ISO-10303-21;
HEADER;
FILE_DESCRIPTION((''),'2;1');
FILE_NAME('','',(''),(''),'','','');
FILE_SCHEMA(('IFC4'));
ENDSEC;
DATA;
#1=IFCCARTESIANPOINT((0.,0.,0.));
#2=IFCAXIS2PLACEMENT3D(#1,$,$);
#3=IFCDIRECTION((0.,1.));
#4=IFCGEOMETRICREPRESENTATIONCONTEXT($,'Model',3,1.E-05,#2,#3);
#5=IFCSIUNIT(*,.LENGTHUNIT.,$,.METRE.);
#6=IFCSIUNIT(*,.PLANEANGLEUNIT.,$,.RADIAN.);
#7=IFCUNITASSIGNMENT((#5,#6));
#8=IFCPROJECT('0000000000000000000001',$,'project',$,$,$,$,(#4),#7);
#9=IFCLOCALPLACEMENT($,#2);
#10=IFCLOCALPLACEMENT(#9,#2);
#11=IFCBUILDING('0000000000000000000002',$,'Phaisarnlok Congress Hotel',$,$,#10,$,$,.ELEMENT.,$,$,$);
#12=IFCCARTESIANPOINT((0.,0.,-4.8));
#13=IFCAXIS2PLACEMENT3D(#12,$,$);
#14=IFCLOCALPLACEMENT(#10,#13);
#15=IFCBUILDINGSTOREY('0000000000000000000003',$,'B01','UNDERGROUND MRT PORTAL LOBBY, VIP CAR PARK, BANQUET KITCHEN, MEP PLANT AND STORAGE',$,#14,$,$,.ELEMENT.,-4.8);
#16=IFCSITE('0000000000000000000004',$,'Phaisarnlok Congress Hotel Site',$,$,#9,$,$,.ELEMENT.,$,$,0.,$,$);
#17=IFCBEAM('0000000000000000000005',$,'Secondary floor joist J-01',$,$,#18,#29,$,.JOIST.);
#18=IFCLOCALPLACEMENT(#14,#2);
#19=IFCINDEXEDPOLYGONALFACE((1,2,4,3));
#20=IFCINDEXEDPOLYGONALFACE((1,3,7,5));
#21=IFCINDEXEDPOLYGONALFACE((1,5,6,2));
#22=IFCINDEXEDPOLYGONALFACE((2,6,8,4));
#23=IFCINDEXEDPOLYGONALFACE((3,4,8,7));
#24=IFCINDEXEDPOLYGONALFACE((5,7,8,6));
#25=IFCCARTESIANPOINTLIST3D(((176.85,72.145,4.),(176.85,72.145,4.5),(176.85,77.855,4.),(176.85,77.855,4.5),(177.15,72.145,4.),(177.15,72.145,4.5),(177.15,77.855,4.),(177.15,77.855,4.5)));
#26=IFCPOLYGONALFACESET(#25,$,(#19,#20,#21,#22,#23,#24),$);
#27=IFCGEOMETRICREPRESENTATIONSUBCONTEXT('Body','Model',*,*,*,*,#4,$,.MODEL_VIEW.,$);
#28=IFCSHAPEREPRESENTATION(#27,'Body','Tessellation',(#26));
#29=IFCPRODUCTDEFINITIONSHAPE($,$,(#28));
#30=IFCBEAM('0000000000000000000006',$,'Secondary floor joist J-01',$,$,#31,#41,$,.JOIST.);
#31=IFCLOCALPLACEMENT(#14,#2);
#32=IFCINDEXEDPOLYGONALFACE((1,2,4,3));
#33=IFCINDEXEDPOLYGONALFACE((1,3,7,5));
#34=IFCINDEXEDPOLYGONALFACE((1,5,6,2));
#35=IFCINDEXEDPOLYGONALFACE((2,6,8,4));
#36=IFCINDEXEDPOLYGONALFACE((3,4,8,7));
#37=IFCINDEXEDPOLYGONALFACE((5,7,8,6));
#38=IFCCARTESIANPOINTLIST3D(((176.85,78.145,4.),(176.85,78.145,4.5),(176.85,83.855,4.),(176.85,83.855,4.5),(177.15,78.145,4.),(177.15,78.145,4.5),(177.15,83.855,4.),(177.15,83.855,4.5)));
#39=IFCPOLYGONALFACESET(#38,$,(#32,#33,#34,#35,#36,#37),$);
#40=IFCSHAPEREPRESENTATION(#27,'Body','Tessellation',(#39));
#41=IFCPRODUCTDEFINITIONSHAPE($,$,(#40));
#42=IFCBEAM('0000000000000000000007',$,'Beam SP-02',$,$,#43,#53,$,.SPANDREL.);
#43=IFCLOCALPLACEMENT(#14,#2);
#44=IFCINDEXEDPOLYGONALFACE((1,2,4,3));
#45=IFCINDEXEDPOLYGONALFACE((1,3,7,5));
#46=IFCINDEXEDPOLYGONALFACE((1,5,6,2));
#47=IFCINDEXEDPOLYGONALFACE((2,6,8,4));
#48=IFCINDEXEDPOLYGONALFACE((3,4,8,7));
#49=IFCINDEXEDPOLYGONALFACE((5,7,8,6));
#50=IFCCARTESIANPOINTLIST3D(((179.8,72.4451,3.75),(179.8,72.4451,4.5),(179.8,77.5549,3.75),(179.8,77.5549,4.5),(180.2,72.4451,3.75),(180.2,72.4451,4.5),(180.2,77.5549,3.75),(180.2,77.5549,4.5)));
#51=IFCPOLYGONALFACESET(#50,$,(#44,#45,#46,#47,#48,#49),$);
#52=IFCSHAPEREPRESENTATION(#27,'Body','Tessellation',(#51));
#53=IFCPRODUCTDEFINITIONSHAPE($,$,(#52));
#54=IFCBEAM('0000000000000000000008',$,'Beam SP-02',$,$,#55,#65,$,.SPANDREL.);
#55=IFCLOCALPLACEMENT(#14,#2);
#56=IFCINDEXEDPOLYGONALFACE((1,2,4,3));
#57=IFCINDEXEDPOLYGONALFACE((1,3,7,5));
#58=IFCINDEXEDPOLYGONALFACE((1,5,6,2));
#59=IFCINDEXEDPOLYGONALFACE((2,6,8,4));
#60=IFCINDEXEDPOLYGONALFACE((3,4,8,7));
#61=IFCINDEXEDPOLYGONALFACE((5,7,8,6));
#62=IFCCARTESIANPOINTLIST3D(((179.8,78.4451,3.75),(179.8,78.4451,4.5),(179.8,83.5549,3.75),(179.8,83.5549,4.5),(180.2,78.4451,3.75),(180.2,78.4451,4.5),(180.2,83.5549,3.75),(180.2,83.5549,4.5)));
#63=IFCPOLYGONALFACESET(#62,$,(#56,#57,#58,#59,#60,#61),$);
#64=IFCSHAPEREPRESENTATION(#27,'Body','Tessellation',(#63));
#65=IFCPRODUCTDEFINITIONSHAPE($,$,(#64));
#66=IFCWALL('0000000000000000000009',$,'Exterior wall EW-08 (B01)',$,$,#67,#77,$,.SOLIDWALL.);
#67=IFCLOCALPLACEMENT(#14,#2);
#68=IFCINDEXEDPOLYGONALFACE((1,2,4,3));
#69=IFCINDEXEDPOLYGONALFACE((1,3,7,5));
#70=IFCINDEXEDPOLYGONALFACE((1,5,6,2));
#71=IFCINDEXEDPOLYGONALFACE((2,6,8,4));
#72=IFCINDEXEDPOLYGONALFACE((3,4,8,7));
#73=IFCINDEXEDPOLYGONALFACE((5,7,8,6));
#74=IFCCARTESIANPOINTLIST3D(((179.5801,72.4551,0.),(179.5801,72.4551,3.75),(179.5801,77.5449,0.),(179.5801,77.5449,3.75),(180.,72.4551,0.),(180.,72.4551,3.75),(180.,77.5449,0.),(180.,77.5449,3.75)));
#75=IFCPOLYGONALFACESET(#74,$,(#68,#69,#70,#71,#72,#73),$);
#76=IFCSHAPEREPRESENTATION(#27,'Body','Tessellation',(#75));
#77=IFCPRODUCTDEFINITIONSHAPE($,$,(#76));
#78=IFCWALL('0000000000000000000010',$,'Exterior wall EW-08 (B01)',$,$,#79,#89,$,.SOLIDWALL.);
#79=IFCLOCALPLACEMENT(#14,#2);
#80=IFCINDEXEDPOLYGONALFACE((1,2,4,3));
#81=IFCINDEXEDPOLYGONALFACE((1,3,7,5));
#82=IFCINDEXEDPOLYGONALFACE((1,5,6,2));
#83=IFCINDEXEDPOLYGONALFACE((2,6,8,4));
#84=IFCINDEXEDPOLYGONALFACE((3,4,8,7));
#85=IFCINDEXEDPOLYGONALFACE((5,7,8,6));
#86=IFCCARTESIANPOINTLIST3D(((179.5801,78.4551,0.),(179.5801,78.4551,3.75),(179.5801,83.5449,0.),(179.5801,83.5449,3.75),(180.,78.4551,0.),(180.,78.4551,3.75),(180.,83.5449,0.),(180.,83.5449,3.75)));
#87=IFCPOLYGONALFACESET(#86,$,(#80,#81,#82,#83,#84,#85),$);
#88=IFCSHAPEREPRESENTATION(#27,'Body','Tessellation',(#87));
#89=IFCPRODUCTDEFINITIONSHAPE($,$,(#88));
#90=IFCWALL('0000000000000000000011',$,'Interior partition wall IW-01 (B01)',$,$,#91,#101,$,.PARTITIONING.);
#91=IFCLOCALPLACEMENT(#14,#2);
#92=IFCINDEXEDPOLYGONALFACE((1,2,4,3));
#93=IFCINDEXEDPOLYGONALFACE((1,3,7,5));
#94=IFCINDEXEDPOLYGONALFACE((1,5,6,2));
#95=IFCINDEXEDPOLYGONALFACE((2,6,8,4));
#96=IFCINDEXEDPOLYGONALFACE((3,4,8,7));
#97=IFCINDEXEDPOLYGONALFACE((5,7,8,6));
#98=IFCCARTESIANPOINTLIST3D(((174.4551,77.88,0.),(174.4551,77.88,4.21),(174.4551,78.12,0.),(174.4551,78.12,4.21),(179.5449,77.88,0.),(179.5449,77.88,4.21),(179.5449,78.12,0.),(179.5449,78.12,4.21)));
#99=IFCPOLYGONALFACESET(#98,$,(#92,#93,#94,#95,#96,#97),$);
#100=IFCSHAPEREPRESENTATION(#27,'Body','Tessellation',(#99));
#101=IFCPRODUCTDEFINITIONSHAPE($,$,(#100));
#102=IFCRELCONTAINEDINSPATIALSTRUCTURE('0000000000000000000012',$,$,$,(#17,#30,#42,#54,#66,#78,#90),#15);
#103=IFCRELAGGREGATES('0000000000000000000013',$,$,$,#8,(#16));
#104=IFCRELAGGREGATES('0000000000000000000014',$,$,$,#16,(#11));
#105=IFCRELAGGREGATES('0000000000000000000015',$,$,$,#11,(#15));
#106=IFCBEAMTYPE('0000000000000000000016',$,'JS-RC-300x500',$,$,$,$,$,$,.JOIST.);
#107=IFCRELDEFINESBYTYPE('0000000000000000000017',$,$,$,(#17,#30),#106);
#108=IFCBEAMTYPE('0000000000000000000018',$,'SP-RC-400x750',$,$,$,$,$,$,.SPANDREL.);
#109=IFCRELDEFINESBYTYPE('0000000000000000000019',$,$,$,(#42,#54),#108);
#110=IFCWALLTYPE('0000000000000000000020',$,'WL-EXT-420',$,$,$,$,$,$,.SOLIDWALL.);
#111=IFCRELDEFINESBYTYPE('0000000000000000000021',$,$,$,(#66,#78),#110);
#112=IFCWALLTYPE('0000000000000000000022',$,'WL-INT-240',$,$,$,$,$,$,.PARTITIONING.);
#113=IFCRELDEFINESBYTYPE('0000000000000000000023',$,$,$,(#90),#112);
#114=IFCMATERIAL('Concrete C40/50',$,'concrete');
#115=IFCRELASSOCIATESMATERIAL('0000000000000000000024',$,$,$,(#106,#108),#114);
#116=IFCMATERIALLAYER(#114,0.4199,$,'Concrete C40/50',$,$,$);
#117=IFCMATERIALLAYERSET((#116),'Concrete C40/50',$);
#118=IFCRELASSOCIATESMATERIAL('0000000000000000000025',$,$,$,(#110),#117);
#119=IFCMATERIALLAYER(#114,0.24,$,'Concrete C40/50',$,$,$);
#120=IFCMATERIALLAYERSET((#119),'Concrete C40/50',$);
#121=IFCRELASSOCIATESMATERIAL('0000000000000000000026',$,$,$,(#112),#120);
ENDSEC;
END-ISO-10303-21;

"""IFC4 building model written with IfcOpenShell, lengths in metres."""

from ifc_helpers import new_model, si_unit, direction, frame, frame_2d, origin, origin_2d, place, context, subcontext, project, spatial, rectangle, extrude, material, layer, layer_set, material_profile, profile_set, type_object, element, save


model = new_model("IFC4")

# Units and contexts
model_context = context("Model", 3, precision=1e-05, world=origin(), true_north=direction((0.0, 1.0)))
body_context = subcontext(model_context, "Body", "Model", "MODEL_VIEW")
ifc_project = project(units=[si_unit("LENGTHUNIT", "METRE"), si_unit("PLANEANGLEUNIT", "RADIAN")], contexts=[model_context])

# Site, building, storey
site_placement = place(None, origin())
site = spatial("IfcSite", under=ifc_project, at=site_placement, Name="Phaisarnlok Congress Hotel Site", CompositionType="ELEMENT", RefElevation=0.0)
building_placement = place(site_placement, origin())
building = spatial("IfcBuilding", under=site, at=building_placement, Name="Phaisarnlok Congress Hotel", CompositionType="ELEMENT")
storey_placement = place(building_placement, frame((0.0, 0.0, -4.8)))
storey = spatial("IfcBuildingStorey", under=building, at=storey_placement, Name="B01", Description="UNDERGROUND MRT PORTAL LOBBY, VIP CAR PARK, BANQUET KITCHEN, MEP PLANT AND STORAGE", CompositionType="ELEMENT", Elevation=-4.8)

# Shared definitions
ifc_material_1 = material(Name="Concrete C40/50", Category="concrete")

# Beams
ifc_material_profile_1 = material_profile(ifc_material_1, rectangle(XDim=0.3, YDim=0.5, at=origin_2d()), Name="RC 300x500")
ifc_profile_set_1 = profile_set([ifc_material_profile_1], Name="Concrete C40/50")
beam_type_1 = type_object("IfcBeamType", Name="JS-RC-300x500", PredefinedType="JOIST", material=ifc_profile_set_1)
for number, where, z_axis, x_axis, name in (
    (1, (177.0, 72.145, 4.25), (0.0, 1.0, 0.0), (-1.0, 0.0, 0.0), "Secondary floor joist J-01"),
    (2, (177.0, 78.145, 4.25), (0.0, 1.0, 0.0), (-1.0, 0.0, 0.0), "Secondary floor joist J-01"),
):
    element("IfcBeam", number, at=place(storey_placement, frame(where, z_axis=z_axis, x_axis=x_axis)), inside=storey, type_object=beam_type_1, Name=name, PredefinedType="JOIST", context=body_context, shape_type="SweptSolid", body=[
        extrude(rectangle(XDim=0.3, YDim=0.5, at=origin_2d()), origin(), (0.0, 0.0, 1.0), 5.71),
    ])
ifc_material_profile_2 = material_profile(ifc_material_1, rectangle(XDim=0.3999, YDim=0.75, at=origin_2d()), Name="RC 400x750")
ifc_profile_set_2 = profile_set([ifc_material_profile_2], Name="Concrete C40/50")
beam_type_2 = type_object("IfcBeamType", Name="SP-RC-400x750", PredefinedType="SPANDREL", material=ifc_profile_set_2)
for number, where, z_axis, x_axis, name in (
    (3, (180.0, 72.4451, 4.125), (0.0, 1.0, 0.0), (-1.0, 0.0, 0.0), "Beam SP-02"),
    (4, (180.0, 78.4451, 4.125), (0.0, 1.0, 0.0), (-1.0, 0.0, 0.0), "Beam SP-02"),
):
    element("IfcBeam", number, at=place(storey_placement, frame(where, z_axis=z_axis, x_axis=x_axis)), inside=storey, type_object=beam_type_2, Name=name, PredefinedType="SPANDREL", context=body_context, shape_type="SweptSolid", body=[
        extrude(rectangle(XDim=0.3999, YDim=0.75, at=origin_2d()), origin(), (0.0, 0.0, 1.0), 5.1099),
    ])

# Walls
ifc_layer_1 = layer(ifc_material_1, 0.4199, Name="Concrete C40/50")
ifc_layer_set_1 = layer_set([ifc_layer_1], Name="Concrete C40/50")
wall_type_1 = type_object("IfcWallType", Name="WL-EXT-420", PredefinedType="SOLIDWALL", material=ifc_layer_set_1)
for number, where, z_axis, x_axis, name in (
    (5, (179.79, 72.4551, 0.0), (0.0, 0.0, 1.0), (0.0, 1.0, 0.0), "Exterior wall EW-08 (B01)"),
    (6, (179.79, 78.4551, 0.0), (0.0, 0.0, 1.0), (0.0, 1.0, 0.0), "Exterior wall EW-08 (B01)"),
):
    element("IfcWall", number, at=place(storey_placement, frame(where, z_axis=z_axis, x_axis=x_axis)), inside=storey, type_object=wall_type_1, Name=name, PredefinedType="SOLIDWALL", context=body_context, shape_type="SweptSolid", body=[
        extrude(rectangle(XDim=5.0898, YDim=0.4199, at=frame_2d((2.5449, 0.0))), origin(), (0.0, 0.0, 1.0), 3.75),
    ])
ifc_layer_2 = layer(ifc_material_1, 0.24, Name="Concrete C40/50")
ifc_layer_set_2 = layer_set([ifc_layer_2], Name="Concrete C40/50")
wall_type_2 = type_object("IfcWallType", Name="WL-INT-240", PredefinedType="PARTITIONING", material=ifc_layer_set_2)
wall_placement = place(storey_placement, frame((174.4551, 78.0, 0.0), z_axis=(0.0, 0.0, 1.0), x_axis=(1.0, 0.0, 0.0)))
element("IfcWall", 7, at=wall_placement, inside=storey, type_object=wall_type_2, Name="Interior partition wall IW-01 (B01)", PredefinedType="PARTITIONING", context=body_context, shape_type="SweptSolid", body=[
    extrude(rectangle(XDim=5.0898, YDim=0.24, at=frame_2d((2.5449, 0.0))), origin(), (0.0, 0.0, 1.0), 4.21),
])

save(model, "model.ifc")
